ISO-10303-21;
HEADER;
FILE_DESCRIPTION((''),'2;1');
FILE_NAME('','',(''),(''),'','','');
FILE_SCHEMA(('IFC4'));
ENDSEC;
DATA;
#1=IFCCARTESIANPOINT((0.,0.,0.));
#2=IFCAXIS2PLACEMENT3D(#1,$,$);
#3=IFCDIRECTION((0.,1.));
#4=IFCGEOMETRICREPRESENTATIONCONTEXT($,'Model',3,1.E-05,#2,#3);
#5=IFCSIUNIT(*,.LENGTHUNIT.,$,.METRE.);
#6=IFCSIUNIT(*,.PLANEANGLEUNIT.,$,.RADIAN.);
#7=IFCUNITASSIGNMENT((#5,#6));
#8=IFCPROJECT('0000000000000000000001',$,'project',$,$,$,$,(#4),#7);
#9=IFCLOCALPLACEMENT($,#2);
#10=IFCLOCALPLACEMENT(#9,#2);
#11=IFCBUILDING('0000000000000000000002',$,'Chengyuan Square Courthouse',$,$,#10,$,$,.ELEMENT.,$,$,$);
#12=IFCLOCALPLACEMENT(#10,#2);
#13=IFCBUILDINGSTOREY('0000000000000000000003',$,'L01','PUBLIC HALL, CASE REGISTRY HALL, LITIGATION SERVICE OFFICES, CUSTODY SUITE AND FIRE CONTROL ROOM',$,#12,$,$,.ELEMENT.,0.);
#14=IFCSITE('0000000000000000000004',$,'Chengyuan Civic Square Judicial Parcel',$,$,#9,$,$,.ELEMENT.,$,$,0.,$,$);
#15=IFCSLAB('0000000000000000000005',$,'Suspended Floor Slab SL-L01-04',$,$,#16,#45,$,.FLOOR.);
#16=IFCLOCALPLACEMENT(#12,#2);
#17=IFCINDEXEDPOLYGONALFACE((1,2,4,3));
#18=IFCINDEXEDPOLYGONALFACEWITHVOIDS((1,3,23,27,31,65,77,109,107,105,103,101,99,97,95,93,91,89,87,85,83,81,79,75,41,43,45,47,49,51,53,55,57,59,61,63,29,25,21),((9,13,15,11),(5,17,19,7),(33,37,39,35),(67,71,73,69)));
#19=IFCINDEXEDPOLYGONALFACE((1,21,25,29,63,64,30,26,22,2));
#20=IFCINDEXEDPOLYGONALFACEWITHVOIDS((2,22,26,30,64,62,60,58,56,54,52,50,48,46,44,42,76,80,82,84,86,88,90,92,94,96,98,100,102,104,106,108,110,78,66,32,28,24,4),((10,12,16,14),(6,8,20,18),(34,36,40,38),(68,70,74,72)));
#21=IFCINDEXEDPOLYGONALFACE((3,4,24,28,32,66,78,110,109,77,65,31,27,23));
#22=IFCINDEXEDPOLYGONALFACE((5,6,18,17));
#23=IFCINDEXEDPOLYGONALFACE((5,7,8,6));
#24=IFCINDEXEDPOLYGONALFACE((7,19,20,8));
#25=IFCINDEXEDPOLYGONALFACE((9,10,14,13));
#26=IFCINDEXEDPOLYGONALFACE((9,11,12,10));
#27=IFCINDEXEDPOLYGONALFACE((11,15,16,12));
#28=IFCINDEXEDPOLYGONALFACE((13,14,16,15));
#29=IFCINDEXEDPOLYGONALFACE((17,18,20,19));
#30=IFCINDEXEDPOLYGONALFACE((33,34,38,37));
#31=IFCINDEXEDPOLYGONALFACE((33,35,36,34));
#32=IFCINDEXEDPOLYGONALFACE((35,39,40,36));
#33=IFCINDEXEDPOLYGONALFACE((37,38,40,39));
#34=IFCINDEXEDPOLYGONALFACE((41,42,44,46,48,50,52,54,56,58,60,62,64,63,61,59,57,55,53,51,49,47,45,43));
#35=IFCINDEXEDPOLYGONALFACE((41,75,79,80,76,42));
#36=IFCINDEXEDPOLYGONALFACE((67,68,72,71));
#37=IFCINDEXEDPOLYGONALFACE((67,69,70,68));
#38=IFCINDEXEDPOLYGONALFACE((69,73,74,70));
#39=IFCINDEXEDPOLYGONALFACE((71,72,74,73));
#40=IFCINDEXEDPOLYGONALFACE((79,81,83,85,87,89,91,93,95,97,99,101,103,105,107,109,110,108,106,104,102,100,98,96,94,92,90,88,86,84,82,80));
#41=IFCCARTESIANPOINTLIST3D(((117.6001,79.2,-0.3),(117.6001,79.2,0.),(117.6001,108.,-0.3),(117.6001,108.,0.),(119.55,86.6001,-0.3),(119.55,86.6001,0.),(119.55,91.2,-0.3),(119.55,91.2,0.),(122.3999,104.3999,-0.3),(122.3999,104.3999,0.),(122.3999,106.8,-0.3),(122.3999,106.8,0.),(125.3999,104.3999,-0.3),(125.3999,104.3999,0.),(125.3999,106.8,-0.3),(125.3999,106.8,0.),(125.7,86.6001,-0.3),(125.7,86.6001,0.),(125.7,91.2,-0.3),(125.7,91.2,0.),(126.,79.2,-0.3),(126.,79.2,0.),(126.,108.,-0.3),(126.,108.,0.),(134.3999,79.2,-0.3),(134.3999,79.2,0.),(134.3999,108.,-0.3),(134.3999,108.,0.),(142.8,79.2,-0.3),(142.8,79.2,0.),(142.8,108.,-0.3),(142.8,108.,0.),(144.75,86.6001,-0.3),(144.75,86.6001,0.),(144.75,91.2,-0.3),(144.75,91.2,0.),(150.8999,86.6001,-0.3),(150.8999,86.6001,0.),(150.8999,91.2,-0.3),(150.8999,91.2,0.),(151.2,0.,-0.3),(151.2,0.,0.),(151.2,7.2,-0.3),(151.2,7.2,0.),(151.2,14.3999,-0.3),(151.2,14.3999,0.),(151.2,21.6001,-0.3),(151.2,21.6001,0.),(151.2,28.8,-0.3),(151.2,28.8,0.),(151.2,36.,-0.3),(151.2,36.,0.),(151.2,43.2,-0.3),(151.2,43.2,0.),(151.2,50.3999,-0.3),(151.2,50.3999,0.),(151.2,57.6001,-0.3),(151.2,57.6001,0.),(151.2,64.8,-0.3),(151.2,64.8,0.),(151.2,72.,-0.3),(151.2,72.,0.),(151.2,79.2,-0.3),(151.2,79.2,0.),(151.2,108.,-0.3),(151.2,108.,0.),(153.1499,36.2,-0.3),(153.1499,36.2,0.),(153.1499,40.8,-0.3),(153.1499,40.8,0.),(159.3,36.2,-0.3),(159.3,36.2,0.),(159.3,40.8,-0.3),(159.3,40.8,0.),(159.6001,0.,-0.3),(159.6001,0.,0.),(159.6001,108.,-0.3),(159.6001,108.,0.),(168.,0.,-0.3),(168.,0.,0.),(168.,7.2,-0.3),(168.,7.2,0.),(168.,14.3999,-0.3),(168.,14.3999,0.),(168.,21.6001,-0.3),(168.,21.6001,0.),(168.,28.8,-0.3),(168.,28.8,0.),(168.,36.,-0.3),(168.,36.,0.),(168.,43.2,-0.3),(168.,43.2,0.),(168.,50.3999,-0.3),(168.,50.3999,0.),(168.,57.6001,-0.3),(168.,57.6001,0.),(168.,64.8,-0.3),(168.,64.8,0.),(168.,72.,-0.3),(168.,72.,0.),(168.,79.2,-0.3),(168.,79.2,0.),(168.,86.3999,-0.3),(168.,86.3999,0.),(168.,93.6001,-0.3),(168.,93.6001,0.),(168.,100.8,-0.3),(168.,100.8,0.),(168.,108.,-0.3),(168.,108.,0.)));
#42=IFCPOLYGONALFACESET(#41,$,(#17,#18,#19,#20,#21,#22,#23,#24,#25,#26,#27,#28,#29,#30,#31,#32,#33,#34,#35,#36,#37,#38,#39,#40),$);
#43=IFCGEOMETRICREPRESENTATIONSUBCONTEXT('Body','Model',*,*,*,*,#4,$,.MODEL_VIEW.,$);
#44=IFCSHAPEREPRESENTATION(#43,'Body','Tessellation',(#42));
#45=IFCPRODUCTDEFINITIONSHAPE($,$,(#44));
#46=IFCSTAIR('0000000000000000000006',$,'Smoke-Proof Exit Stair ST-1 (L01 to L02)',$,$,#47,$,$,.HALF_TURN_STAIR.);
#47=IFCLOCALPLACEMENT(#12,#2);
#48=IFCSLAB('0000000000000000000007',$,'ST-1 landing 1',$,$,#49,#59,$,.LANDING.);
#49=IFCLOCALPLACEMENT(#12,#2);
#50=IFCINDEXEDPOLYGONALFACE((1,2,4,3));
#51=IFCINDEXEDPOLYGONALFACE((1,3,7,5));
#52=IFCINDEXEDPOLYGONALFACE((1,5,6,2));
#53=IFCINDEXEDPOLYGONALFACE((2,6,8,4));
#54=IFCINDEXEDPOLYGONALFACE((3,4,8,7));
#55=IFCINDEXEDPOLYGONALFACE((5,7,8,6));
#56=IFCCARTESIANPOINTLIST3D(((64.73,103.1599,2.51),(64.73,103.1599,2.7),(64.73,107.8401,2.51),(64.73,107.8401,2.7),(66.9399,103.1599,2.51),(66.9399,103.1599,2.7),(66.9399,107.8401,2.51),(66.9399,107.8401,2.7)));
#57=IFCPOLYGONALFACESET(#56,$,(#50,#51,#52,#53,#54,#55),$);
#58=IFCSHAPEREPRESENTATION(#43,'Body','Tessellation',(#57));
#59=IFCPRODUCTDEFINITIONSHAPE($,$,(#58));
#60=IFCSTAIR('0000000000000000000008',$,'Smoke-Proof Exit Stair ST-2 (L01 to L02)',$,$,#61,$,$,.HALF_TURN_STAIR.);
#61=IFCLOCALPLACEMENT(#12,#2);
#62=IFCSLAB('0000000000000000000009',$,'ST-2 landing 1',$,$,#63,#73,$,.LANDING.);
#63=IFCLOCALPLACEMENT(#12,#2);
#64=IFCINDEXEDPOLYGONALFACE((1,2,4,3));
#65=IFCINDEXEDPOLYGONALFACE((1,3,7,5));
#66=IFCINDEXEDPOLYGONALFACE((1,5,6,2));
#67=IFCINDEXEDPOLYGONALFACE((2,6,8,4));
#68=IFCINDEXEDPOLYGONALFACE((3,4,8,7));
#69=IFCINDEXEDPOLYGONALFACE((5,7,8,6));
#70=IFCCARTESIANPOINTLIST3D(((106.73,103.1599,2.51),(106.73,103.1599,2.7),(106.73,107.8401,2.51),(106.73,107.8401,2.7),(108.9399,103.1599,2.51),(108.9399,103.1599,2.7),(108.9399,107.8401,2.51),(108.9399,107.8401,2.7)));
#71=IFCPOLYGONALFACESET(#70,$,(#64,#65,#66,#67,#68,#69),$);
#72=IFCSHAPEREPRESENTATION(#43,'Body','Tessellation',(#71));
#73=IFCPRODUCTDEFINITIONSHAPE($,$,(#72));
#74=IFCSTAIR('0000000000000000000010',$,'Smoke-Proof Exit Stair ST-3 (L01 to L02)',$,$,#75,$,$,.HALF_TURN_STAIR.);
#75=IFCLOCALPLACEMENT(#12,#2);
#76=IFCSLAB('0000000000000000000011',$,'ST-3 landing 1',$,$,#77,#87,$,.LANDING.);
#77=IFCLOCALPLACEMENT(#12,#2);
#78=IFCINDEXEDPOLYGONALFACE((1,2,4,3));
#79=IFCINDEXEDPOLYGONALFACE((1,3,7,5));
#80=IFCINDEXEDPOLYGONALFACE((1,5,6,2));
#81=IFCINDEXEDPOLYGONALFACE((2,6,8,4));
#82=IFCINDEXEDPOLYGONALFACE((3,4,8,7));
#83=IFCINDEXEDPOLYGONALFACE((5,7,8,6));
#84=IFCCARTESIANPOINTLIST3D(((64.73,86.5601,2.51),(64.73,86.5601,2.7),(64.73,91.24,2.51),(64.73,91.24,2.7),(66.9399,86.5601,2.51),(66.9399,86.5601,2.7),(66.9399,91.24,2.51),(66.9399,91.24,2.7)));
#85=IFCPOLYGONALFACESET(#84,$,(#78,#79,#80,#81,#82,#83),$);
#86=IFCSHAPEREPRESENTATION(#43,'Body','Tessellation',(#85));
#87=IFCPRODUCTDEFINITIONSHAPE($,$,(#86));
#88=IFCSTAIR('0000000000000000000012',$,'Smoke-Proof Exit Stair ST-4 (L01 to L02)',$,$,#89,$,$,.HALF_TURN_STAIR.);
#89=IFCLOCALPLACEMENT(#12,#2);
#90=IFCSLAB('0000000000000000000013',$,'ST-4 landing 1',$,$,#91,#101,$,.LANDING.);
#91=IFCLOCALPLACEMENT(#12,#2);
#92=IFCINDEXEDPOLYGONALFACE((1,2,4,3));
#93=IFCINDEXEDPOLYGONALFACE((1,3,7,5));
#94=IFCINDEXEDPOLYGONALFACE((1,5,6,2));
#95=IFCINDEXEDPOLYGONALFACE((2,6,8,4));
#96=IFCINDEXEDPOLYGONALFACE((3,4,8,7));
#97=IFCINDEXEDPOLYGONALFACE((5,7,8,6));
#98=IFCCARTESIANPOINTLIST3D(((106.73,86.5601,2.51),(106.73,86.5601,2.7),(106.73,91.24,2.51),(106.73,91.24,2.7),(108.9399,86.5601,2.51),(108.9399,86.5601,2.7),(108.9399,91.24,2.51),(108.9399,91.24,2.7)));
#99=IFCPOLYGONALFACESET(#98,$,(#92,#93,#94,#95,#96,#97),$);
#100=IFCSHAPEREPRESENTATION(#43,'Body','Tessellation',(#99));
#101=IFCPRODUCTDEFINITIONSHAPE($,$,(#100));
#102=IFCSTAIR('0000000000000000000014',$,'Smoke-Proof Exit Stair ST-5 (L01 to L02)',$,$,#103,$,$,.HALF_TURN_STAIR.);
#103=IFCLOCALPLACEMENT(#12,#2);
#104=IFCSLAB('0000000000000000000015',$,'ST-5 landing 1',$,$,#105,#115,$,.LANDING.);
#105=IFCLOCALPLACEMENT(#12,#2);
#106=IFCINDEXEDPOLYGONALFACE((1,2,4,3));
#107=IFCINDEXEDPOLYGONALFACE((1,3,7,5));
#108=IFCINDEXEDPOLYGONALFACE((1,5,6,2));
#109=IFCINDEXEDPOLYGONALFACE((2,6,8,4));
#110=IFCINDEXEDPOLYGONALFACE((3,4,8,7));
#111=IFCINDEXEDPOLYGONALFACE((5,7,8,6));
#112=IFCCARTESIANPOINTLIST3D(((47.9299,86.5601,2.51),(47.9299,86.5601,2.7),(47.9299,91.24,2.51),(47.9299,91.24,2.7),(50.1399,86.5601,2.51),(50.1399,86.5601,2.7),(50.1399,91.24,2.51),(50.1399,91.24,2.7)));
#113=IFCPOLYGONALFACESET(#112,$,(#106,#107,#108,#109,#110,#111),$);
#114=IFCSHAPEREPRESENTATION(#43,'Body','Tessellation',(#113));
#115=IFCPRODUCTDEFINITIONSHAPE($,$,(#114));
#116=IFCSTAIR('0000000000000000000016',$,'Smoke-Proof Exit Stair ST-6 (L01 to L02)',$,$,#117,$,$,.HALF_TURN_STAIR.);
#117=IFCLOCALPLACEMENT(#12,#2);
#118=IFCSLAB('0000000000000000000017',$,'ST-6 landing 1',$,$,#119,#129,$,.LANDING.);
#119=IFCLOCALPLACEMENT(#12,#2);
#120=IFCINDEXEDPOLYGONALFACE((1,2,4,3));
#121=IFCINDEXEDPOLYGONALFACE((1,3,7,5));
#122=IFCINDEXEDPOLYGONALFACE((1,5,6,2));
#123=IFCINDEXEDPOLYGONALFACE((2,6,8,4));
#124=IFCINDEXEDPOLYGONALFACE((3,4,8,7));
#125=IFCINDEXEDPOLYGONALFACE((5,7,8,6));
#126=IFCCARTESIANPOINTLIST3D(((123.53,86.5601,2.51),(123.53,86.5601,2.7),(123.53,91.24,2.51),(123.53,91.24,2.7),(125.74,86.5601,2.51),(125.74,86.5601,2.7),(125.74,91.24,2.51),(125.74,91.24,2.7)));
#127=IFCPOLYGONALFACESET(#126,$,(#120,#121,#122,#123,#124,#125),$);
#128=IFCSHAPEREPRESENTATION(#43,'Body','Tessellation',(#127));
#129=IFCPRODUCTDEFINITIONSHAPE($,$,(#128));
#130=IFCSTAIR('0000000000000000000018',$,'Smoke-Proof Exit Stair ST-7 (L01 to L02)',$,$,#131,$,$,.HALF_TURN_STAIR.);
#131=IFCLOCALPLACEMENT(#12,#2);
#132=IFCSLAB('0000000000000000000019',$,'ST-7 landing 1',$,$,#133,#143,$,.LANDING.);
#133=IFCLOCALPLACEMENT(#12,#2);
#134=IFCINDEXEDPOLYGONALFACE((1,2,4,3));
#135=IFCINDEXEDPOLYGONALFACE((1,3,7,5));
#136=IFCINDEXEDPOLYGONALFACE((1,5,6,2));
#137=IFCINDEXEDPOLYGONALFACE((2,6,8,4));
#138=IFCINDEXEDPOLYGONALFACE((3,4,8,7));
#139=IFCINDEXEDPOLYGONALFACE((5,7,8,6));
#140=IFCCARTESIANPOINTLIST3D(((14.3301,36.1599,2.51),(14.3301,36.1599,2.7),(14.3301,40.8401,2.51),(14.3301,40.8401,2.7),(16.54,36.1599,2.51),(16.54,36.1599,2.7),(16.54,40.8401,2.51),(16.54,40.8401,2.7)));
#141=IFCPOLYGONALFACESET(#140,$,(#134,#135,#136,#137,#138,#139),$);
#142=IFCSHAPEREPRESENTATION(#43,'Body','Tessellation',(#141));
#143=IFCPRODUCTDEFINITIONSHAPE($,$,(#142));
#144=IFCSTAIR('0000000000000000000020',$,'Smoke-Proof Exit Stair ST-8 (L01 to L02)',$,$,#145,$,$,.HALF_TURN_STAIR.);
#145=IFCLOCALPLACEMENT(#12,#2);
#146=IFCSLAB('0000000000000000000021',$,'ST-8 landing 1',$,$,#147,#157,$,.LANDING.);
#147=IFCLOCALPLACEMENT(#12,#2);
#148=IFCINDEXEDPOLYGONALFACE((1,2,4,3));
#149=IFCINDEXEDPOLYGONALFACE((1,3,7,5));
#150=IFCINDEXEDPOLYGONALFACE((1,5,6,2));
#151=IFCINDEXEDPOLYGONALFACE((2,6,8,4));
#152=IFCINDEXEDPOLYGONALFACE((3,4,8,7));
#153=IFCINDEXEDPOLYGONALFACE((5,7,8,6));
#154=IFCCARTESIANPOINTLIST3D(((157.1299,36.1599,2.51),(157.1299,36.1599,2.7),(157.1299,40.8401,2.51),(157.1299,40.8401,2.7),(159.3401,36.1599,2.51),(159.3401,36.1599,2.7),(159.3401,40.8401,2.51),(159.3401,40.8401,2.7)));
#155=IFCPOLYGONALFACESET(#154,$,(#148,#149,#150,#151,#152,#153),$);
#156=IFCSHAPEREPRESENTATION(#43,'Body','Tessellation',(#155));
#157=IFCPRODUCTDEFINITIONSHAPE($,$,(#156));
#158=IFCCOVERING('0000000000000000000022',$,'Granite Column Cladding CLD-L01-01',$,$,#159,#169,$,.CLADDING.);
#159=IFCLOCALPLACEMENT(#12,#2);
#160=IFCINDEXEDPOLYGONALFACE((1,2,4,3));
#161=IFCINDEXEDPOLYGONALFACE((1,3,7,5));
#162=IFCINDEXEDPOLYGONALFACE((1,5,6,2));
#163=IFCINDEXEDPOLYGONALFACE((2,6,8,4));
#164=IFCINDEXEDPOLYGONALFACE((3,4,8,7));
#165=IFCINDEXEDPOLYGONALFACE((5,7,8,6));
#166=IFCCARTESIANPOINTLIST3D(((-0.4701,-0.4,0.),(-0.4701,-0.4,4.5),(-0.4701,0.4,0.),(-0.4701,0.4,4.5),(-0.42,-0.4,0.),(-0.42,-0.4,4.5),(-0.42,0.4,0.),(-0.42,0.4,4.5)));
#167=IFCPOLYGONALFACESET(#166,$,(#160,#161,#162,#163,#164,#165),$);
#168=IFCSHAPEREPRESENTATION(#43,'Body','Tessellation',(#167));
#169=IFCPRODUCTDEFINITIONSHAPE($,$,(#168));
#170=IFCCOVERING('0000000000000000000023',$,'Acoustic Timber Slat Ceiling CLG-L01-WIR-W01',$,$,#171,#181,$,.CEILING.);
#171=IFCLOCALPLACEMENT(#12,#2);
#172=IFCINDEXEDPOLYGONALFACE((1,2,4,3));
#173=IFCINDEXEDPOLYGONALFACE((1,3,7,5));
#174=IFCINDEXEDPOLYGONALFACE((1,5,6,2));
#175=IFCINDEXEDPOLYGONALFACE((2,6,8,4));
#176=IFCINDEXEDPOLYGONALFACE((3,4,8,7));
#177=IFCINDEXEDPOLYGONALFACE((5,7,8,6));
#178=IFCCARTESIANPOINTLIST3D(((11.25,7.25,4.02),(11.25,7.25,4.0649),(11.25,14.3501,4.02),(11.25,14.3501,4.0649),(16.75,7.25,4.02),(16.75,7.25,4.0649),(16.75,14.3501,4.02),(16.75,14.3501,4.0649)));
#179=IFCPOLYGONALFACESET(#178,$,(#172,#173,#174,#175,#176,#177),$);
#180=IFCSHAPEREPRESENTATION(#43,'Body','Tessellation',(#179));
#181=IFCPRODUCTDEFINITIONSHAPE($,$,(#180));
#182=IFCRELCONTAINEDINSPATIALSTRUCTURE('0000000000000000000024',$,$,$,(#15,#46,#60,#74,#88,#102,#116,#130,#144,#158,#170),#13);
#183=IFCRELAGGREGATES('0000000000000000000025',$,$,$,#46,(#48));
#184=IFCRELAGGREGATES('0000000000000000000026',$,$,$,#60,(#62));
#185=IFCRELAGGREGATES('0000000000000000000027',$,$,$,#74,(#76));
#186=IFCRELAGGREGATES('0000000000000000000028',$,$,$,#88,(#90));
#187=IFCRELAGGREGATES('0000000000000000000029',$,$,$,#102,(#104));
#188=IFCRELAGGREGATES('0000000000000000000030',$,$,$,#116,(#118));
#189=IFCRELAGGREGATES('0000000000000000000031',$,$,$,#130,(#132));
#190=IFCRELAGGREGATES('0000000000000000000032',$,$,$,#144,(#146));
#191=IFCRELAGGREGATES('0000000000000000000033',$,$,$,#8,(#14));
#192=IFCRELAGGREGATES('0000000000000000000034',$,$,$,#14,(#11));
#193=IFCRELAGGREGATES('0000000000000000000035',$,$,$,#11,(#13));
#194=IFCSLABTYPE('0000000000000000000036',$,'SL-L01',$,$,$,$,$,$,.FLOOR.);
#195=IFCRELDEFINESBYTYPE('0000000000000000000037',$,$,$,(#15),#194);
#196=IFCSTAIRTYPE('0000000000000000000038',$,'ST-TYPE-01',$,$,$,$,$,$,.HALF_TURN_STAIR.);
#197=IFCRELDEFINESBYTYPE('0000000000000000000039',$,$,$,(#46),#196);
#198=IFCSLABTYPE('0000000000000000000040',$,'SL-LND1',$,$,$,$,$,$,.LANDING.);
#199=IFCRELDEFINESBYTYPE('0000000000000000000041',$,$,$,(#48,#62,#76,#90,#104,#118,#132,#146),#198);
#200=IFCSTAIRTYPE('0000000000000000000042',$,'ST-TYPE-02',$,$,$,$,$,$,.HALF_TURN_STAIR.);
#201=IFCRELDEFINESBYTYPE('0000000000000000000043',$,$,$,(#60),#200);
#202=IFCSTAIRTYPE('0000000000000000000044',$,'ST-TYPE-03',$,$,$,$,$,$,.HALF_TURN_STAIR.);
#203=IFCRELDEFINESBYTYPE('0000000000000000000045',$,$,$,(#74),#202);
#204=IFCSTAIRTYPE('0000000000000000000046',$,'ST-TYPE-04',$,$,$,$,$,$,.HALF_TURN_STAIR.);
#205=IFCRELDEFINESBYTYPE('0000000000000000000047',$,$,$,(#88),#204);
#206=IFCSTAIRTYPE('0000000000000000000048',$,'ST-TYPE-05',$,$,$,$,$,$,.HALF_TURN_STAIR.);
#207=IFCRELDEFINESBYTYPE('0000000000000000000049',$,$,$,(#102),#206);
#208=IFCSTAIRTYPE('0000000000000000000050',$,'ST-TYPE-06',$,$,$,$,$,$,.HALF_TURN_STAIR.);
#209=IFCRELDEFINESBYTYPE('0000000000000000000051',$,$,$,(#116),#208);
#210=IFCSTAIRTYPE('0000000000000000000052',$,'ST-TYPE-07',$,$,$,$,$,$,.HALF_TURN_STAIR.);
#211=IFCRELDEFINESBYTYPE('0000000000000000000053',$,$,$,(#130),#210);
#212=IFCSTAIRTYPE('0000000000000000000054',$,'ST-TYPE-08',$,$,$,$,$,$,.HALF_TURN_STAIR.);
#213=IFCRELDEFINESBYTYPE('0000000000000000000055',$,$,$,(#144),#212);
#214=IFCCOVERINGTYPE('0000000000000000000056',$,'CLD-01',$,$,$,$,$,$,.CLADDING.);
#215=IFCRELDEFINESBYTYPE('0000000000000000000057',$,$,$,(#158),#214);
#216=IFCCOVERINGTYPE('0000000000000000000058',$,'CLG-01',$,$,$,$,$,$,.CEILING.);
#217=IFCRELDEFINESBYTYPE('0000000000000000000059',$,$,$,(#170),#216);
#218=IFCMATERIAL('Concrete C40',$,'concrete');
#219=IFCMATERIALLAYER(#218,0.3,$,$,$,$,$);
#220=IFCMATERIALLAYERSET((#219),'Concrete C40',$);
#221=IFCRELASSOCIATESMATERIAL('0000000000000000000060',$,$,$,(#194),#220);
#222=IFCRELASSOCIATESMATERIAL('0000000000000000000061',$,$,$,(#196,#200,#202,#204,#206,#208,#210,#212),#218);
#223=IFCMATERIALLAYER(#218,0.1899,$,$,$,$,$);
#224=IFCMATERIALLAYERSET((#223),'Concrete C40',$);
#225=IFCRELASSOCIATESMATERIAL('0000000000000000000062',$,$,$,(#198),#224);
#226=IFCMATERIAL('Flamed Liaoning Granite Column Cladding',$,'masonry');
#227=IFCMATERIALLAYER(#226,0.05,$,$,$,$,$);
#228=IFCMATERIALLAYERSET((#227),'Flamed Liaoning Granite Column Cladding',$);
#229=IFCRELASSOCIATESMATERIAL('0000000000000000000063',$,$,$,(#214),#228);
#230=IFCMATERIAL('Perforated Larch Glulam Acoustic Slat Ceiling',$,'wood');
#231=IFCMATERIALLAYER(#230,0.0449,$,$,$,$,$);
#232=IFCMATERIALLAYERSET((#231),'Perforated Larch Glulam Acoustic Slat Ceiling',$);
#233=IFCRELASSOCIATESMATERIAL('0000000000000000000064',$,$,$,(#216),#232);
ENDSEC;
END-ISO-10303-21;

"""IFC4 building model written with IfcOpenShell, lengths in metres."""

from ifc_helpers import new_model, si_unit, direction, frame, origin, origin_2d, place, context, subcontext, project, spatial, polyline, rectangle, outline, extrude, material, layer, layer_set, type_object, element, aggregate, save


model = new_model("IFC4")

# Units and contexts
model_context = context("Model", 3, precision=1e-05, world=origin(), true_north=direction((0.0, 1.0)))
body_context = subcontext(model_context, "Body", "Model", "MODEL_VIEW")
ifc_project = project(units=[si_unit("LENGTHUNIT", "METRE"), si_unit("PLANEANGLEUNIT", "RADIAN")], contexts=[model_context])

# Site, building, storey
site_placement = place(None, origin())
site = spatial("IfcSite", under=ifc_project, at=site_placement, Name="Chengyuan Civic Square Judicial Parcel", CompositionType="ELEMENT", RefElevation=0.0)
building_placement = place(site_placement, origin())
building = spatial("IfcBuilding", under=site, at=building_placement, Name="Chengyuan Square Courthouse", CompositionType="ELEMENT")
storey_placement = place(building_placement, origin())
storey = spatial("IfcBuildingStorey", under=building, at=storey_placement, Name="L01", Description="PUBLIC HALL, CASE REGISTRY HALL, LITIGATION SERVICE OFFICES, CUSTODY SUITE AND FIRE CONTROL ROOM", CompositionType="ELEMENT", Elevation=0.0)

# Shared definitions
ifc_material_1 = material(Name="Concrete C40", Category="concrete")

# Slab
ifc_layer_1 = layer(ifc_material_1, 0.3)
ifc_layer_set_1 = layer_set([ifc_layer_1], Name="Concrete C40")
slab_type_1 = type_object("IfcSlabType", Name="SL-L01", PredefinedType="FLOOR", material=ifc_layer_set_1)
slab_1_placement = place(storey_placement, frame((0.0, 0.0, -0.3)))
element("IfcSlab", 1, at=slab_1_placement, inside=storey, type_object=slab_type_1, Name="Suspended Floor Slab SL-L01-04", PredefinedType="FLOOR", context=body_context, shape_type="SweptSolid", body=[
    extrude(outline(polyline([(126.0, 108.0), (134.3999, 108.0), (142.8, 108.0), (151.2, 108.0), (159.6001, 108.0), (168.0, 108.0), (168.0, 100.8), (168.0, 93.6001), (168.0, 86.3999), (168.0, 79.2), (168.0, 72.0), (168.0, 64.8), (168.0, 57.6001), (168.0, 50.3999), (168.0, 43.2), (168.0, 36.0), (168.0, 28.8), (168.0, 21.6001), (168.0, 14.3999), (168.0, 7.2), (168.0, 0.0), (159.6001, 0.0), (151.2, 0.0), (151.2, 7.2), (151.2, 14.3999), (151.2, 21.6001), (151.2, 28.8), (151.2, 36.0), (151.2, 43.2), (151.2, 50.3999), (151.2, 57.6001), (151.2, 64.8), (151.2, 72.0), (151.2, 79.2), (142.8, 79.2), (134.3999, 79.2), (126.0, 79.2), (117.6001, 79.2), (117.6001, 108.0), (126.0, 108.0)]), holes=[polyline([(159.3, 40.8), (153.1499, 40.8), (153.1499, 36.2), (159.3, 36.2), (159.3, 40.8)]), polyline([(125.7, 91.2), (119.55, 91.2), (119.55, 86.6001), (125.7, 86.6001), (125.7, 91.2)]), polyline([(144.75, 91.2), (144.75, 86.6001), (150.8999, 86.6001), (150.8999, 91.2), (144.75, 91.2)]), polyline([(125.3999, 106.8), (122.3999, 106.8), (122.3999, 104.3999), (125.3999, 104.3999), (125.3999, 106.8)])]), origin(), (0.0, 0.0, 1.0), 0.3),
])

# Stairs, slabs
stair_type_1 = type_object("IfcStairType", Name="ST-TYPE-01", PredefinedType="HALF_TURN_STAIR", material=ifc_material_1)
stair_1_placement = place(storey_placement, origin())
stair_1 = element("IfcStair", 2, at=stair_1_placement, inside=storey, type_object=stair_type_1, Name="Smoke-Proof Exit Stair ST-1 (L01 to L02)", PredefinedType="HALF_TURN_STAIR")
ifc_layer_2 = layer(ifc_material_1, 0.1899)
ifc_layer_set_2 = layer_set([ifc_layer_2], Name="Concrete C40")
slab_type_2 = type_object("IfcSlabType", Name="SL-LND1", PredefinedType="LANDING", material=ifc_layer_set_2)
slab_2_placement = place(storey_placement, frame((0.0, 0.0, 2.51)))
slab_2 = element("IfcSlab", 3, at=slab_2_placement, type_object=slab_type_2, Name="ST-1 landing 1", PredefinedType="LANDING", context=body_context, shape_type="SweptSolid", body=[
    extrude(outline(polyline([(64.73, 103.1599), (66.9399, 103.1599), (66.9399, 107.8401), (64.73, 107.8401), (64.73, 103.1599)])), origin(), (0.0, 0.0, 1.0), 0.1899),
])
aggregate(stair_1, [slab_2])
stair_type_2 = type_object("IfcStairType", Name="ST-TYPE-02", PredefinedType="HALF_TURN_STAIR", material=ifc_material_1)
stair_2_placement = place(storey_placement, origin())
stair_2 = element("IfcStair", 4, at=stair_2_placement, inside=storey, type_object=stair_type_2, Name="Smoke-Proof Exit Stair ST-2 (L01 to L02)", PredefinedType="HALF_TURN_STAIR")
slab_3_placement = place(storey_placement, frame((0.0, 0.0, 2.51)))
slab_3 = element("IfcSlab", 5, at=slab_3_placement, type_object=slab_type_2, Name="ST-2 landing 1", PredefinedType="LANDING", context=body_context, shape_type="SweptSolid", body=[
    extrude(outline(polyline([(106.73, 103.1599), (108.9399, 103.1599), (108.9399, 107.8401), (106.73, 107.8401), (106.73, 103.1599)])), origin(), (0.0, 0.0, 1.0), 0.1899),
])
aggregate(stair_2, [slab_3])
stair_type_3 = type_object("IfcStairType", Name="ST-TYPE-03", PredefinedType="HALF_TURN_STAIR", material=ifc_material_1)
stair_3_placement = place(storey_placement, origin())
stair_3 = element("IfcStair", 6, at=stair_3_placement, inside=storey, type_object=stair_type_3, Name="Smoke-Proof Exit Stair ST-3 (L01 to L02)", PredefinedType="HALF_TURN_STAIR")
slab_4_placement = place(storey_placement, frame((0.0, 0.0, 2.51)))
slab_4 = element("IfcSlab", 7, at=slab_4_placement, type_object=slab_type_2, Name="ST-3 landing 1", PredefinedType="LANDING", context=body_context, shape_type="SweptSolid", body=[
    extrude(outline(polyline([(64.73, 86.5601), (66.9399, 86.5601), (66.9399, 91.24), (64.73, 91.24), (64.73, 86.5601)])), origin(), (0.0, 0.0, 1.0), 0.1899),
])
aggregate(stair_3, [slab_4])
stair_type_4 = type_object("IfcStairType", Name="ST-TYPE-04", PredefinedType="HALF_TURN_STAIR", material=ifc_material_1)
stair_4_placement = place(storey_placement, origin())
stair_4 = element("IfcStair", 8, at=stair_4_placement, inside=storey, type_object=stair_type_4, Name="Smoke-Proof Exit Stair ST-4 (L01 to L02)", PredefinedType="HALF_TURN_STAIR")
slab_5_placement = place(storey_placement, frame((0.0, 0.0, 2.51)))
slab_5 = element("IfcSlab", 9, at=slab_5_placement, type_object=slab_type_2, Name="ST-4 landing 1", PredefinedType="LANDING", context=body_context, shape_type="SweptSolid", body=[
    extrude(outline(polyline([(106.73, 86.5601), (108.9399, 86.5601), (108.9399, 91.24), (106.73, 91.24), (106.73, 86.5601)])), origin(), (0.0, 0.0, 1.0), 0.1899),
])
aggregate(stair_4, [slab_5])
stair_type_5 = type_object("IfcStairType", Name="ST-TYPE-05", PredefinedType="HALF_TURN_STAIR", material=ifc_material_1)
stair_5_placement = place(storey_placement, origin())
stair_5 = element("IfcStair", 10, at=stair_5_placement, inside=storey, type_object=stair_type_5, Name="Smoke-Proof Exit Stair ST-5 (L01 to L02)", PredefinedType="HALF_TURN_STAIR")
slab_6_placement = place(storey_placement, frame((0.0, 0.0, 2.51)))
slab_6 = element("IfcSlab", 11, at=slab_6_placement, type_object=slab_type_2, Name="ST-5 landing 1", PredefinedType="LANDING", context=body_context, shape_type="SweptSolid", body=[
    extrude(outline(polyline([(47.9299, 86.5601), (50.1399, 86.5601), (50.1399, 91.24), (47.9299, 91.24), (47.9299, 86.5601)])), origin(), (0.0, 0.0, 1.0), 0.1899),
])
aggregate(stair_5, [slab_6])
stair_type_6 = type_object("IfcStairType", Name="ST-TYPE-06", PredefinedType="HALF_TURN_STAIR", material=ifc_material_1)
stair_6_placement = place(storey_placement, origin())
stair_6 = element("IfcStair", 12, at=stair_6_placement, inside=storey, type_object=stair_type_6, Name="Smoke-Proof Exit Stair ST-6 (L01 to L02)", PredefinedType="HALF_TURN_STAIR")
slab_7_placement = place(storey_placement, frame((0.0, 0.0, 2.51)))
slab_7 = element("IfcSlab", 13, at=slab_7_placement, type_object=slab_type_2, Name="ST-6 landing 1", PredefinedType="LANDING", context=body_context, shape_type="SweptSolid", body=[
    extrude(outline(polyline([(123.53, 86.5601), (125.74, 86.5601), (125.74, 91.24), (123.53, 91.24), (123.53, 86.5601)])), origin(), (0.0, 0.0, 1.0), 0.1899),
])
aggregate(stair_6, [slab_7])
stair_type_7 = type_object("IfcStairType", Name="ST-TYPE-07", PredefinedType="HALF_TURN_STAIR", material=ifc_material_1)
stair_7_placement = place(storey_placement, origin())
stair_7 = element("IfcStair", 14, at=stair_7_placement, inside=storey, type_object=stair_type_7, Name="Smoke-Proof Exit Stair ST-7 (L01 to L02)", PredefinedType="HALF_TURN_STAIR")
slab_8_placement = place(storey_placement, frame((0.0, 0.0, 2.51)))
slab_8 = element("IfcSlab", 15, at=slab_8_placement, type_object=slab_type_2, Name="ST-7 landing 1", PredefinedType="LANDING", context=body_context, shape_type="SweptSolid", body=[
    extrude(outline(polyline([(14.3301, 36.1599), (16.54, 36.1599), (16.54, 40.8401), (14.3301, 40.8401), (14.3301, 36.1599)])), origin(), (0.0, 0.0, 1.0), 0.1899),
])
aggregate(stair_7, [slab_8])
stair_type_8 = type_object("IfcStairType", Name="ST-TYPE-08", PredefinedType="HALF_TURN_STAIR", material=ifc_material_1)
stair_8_placement = place(storey_placement, origin())
stair_8 = element("IfcStair", 16, at=stair_8_placement, inside=storey, type_object=stair_type_8, Name="Smoke-Proof Exit Stair ST-8 (L01 to L02)", PredefinedType="HALF_TURN_STAIR")
slab_9_placement = place(storey_placement, frame((0.0, 0.0, 2.51)))
slab_9 = element("IfcSlab", 17, at=slab_9_placement, type_object=slab_type_2, Name="ST-8 landing 1", PredefinedType="LANDING", context=body_context, shape_type="SweptSolid", body=[
    extrude(outline(polyline([(157.1299, 36.1599), (159.3401, 36.1599), (159.3401, 40.8401), (157.1299, 40.8401), (157.1299, 36.1599)])), origin(), (0.0, 0.0, 1.0), 0.1899),
])
aggregate(stair_8, [slab_9])

# Coverings
ifc_material_2 = material(Name="Flamed Liaoning Granite Column Cladding", Category="masonry")
ifc_layer_3 = layer(ifc_material_2, 0.05)
ifc_layer_set_3 = layer_set([ifc_layer_3], Name="Flamed Liaoning Granite Column Cladding")
covering_type_1 = type_object("IfcCoveringType", Name="CLD-01", PredefinedType="CLADDING", material=ifc_layer_set_3)
covering_1_placement = place(storey_placement, frame((-0.4451, 0.0, 0.0), z_axis=(0.0, 0.0, 1.0), x_axis=(1.0, 0.0, 0.0)))
element("IfcCovering", 18, at=covering_1_placement, inside=storey, type_object=covering_type_1, Name="Granite Column Cladding CLD-L01-01", PredefinedType="CLADDING", context=body_context, shape_type="SweptSolid", body=[
    extrude(rectangle(XDim=0.05, YDim=0.8, at=origin_2d()), origin(), (0.0, 0.0, 1.0), 4.5),
])
ifc_material_3 = material(Name="Perforated Larch Glulam Acoustic Slat Ceiling", Category="wood")
ifc_layer_4 = layer(ifc_material_3, 0.0449)
ifc_layer_set_4 = layer_set([ifc_layer_4], Name="Perforated Larch Glulam Acoustic Slat Ceiling")
covering_type_2 = type_object("IfcCoveringType", Name="CLG-01", PredefinedType="CEILING", material=ifc_layer_set_4)
covering_2_placement = place(storey_placement, frame((0.0, 0.0, 4.02)))
element("IfcCovering", 19, at=covering_2_placement, inside=storey, type_object=covering_type_2, Name="Acoustic Timber Slat Ceiling CLG-L01-WIR-W01", PredefinedType="CEILING", context=body_context, shape_type="SweptSolid", body=[
    extrude(outline(polyline([(11.25, 7.25), (16.75, 7.25), (16.75, 14.3501), (11.25, 14.3501), (11.25, 7.25)])), origin(), (0.0, 0.0, 1.0), 0.0449),
])

save(model, "model.ifc")
